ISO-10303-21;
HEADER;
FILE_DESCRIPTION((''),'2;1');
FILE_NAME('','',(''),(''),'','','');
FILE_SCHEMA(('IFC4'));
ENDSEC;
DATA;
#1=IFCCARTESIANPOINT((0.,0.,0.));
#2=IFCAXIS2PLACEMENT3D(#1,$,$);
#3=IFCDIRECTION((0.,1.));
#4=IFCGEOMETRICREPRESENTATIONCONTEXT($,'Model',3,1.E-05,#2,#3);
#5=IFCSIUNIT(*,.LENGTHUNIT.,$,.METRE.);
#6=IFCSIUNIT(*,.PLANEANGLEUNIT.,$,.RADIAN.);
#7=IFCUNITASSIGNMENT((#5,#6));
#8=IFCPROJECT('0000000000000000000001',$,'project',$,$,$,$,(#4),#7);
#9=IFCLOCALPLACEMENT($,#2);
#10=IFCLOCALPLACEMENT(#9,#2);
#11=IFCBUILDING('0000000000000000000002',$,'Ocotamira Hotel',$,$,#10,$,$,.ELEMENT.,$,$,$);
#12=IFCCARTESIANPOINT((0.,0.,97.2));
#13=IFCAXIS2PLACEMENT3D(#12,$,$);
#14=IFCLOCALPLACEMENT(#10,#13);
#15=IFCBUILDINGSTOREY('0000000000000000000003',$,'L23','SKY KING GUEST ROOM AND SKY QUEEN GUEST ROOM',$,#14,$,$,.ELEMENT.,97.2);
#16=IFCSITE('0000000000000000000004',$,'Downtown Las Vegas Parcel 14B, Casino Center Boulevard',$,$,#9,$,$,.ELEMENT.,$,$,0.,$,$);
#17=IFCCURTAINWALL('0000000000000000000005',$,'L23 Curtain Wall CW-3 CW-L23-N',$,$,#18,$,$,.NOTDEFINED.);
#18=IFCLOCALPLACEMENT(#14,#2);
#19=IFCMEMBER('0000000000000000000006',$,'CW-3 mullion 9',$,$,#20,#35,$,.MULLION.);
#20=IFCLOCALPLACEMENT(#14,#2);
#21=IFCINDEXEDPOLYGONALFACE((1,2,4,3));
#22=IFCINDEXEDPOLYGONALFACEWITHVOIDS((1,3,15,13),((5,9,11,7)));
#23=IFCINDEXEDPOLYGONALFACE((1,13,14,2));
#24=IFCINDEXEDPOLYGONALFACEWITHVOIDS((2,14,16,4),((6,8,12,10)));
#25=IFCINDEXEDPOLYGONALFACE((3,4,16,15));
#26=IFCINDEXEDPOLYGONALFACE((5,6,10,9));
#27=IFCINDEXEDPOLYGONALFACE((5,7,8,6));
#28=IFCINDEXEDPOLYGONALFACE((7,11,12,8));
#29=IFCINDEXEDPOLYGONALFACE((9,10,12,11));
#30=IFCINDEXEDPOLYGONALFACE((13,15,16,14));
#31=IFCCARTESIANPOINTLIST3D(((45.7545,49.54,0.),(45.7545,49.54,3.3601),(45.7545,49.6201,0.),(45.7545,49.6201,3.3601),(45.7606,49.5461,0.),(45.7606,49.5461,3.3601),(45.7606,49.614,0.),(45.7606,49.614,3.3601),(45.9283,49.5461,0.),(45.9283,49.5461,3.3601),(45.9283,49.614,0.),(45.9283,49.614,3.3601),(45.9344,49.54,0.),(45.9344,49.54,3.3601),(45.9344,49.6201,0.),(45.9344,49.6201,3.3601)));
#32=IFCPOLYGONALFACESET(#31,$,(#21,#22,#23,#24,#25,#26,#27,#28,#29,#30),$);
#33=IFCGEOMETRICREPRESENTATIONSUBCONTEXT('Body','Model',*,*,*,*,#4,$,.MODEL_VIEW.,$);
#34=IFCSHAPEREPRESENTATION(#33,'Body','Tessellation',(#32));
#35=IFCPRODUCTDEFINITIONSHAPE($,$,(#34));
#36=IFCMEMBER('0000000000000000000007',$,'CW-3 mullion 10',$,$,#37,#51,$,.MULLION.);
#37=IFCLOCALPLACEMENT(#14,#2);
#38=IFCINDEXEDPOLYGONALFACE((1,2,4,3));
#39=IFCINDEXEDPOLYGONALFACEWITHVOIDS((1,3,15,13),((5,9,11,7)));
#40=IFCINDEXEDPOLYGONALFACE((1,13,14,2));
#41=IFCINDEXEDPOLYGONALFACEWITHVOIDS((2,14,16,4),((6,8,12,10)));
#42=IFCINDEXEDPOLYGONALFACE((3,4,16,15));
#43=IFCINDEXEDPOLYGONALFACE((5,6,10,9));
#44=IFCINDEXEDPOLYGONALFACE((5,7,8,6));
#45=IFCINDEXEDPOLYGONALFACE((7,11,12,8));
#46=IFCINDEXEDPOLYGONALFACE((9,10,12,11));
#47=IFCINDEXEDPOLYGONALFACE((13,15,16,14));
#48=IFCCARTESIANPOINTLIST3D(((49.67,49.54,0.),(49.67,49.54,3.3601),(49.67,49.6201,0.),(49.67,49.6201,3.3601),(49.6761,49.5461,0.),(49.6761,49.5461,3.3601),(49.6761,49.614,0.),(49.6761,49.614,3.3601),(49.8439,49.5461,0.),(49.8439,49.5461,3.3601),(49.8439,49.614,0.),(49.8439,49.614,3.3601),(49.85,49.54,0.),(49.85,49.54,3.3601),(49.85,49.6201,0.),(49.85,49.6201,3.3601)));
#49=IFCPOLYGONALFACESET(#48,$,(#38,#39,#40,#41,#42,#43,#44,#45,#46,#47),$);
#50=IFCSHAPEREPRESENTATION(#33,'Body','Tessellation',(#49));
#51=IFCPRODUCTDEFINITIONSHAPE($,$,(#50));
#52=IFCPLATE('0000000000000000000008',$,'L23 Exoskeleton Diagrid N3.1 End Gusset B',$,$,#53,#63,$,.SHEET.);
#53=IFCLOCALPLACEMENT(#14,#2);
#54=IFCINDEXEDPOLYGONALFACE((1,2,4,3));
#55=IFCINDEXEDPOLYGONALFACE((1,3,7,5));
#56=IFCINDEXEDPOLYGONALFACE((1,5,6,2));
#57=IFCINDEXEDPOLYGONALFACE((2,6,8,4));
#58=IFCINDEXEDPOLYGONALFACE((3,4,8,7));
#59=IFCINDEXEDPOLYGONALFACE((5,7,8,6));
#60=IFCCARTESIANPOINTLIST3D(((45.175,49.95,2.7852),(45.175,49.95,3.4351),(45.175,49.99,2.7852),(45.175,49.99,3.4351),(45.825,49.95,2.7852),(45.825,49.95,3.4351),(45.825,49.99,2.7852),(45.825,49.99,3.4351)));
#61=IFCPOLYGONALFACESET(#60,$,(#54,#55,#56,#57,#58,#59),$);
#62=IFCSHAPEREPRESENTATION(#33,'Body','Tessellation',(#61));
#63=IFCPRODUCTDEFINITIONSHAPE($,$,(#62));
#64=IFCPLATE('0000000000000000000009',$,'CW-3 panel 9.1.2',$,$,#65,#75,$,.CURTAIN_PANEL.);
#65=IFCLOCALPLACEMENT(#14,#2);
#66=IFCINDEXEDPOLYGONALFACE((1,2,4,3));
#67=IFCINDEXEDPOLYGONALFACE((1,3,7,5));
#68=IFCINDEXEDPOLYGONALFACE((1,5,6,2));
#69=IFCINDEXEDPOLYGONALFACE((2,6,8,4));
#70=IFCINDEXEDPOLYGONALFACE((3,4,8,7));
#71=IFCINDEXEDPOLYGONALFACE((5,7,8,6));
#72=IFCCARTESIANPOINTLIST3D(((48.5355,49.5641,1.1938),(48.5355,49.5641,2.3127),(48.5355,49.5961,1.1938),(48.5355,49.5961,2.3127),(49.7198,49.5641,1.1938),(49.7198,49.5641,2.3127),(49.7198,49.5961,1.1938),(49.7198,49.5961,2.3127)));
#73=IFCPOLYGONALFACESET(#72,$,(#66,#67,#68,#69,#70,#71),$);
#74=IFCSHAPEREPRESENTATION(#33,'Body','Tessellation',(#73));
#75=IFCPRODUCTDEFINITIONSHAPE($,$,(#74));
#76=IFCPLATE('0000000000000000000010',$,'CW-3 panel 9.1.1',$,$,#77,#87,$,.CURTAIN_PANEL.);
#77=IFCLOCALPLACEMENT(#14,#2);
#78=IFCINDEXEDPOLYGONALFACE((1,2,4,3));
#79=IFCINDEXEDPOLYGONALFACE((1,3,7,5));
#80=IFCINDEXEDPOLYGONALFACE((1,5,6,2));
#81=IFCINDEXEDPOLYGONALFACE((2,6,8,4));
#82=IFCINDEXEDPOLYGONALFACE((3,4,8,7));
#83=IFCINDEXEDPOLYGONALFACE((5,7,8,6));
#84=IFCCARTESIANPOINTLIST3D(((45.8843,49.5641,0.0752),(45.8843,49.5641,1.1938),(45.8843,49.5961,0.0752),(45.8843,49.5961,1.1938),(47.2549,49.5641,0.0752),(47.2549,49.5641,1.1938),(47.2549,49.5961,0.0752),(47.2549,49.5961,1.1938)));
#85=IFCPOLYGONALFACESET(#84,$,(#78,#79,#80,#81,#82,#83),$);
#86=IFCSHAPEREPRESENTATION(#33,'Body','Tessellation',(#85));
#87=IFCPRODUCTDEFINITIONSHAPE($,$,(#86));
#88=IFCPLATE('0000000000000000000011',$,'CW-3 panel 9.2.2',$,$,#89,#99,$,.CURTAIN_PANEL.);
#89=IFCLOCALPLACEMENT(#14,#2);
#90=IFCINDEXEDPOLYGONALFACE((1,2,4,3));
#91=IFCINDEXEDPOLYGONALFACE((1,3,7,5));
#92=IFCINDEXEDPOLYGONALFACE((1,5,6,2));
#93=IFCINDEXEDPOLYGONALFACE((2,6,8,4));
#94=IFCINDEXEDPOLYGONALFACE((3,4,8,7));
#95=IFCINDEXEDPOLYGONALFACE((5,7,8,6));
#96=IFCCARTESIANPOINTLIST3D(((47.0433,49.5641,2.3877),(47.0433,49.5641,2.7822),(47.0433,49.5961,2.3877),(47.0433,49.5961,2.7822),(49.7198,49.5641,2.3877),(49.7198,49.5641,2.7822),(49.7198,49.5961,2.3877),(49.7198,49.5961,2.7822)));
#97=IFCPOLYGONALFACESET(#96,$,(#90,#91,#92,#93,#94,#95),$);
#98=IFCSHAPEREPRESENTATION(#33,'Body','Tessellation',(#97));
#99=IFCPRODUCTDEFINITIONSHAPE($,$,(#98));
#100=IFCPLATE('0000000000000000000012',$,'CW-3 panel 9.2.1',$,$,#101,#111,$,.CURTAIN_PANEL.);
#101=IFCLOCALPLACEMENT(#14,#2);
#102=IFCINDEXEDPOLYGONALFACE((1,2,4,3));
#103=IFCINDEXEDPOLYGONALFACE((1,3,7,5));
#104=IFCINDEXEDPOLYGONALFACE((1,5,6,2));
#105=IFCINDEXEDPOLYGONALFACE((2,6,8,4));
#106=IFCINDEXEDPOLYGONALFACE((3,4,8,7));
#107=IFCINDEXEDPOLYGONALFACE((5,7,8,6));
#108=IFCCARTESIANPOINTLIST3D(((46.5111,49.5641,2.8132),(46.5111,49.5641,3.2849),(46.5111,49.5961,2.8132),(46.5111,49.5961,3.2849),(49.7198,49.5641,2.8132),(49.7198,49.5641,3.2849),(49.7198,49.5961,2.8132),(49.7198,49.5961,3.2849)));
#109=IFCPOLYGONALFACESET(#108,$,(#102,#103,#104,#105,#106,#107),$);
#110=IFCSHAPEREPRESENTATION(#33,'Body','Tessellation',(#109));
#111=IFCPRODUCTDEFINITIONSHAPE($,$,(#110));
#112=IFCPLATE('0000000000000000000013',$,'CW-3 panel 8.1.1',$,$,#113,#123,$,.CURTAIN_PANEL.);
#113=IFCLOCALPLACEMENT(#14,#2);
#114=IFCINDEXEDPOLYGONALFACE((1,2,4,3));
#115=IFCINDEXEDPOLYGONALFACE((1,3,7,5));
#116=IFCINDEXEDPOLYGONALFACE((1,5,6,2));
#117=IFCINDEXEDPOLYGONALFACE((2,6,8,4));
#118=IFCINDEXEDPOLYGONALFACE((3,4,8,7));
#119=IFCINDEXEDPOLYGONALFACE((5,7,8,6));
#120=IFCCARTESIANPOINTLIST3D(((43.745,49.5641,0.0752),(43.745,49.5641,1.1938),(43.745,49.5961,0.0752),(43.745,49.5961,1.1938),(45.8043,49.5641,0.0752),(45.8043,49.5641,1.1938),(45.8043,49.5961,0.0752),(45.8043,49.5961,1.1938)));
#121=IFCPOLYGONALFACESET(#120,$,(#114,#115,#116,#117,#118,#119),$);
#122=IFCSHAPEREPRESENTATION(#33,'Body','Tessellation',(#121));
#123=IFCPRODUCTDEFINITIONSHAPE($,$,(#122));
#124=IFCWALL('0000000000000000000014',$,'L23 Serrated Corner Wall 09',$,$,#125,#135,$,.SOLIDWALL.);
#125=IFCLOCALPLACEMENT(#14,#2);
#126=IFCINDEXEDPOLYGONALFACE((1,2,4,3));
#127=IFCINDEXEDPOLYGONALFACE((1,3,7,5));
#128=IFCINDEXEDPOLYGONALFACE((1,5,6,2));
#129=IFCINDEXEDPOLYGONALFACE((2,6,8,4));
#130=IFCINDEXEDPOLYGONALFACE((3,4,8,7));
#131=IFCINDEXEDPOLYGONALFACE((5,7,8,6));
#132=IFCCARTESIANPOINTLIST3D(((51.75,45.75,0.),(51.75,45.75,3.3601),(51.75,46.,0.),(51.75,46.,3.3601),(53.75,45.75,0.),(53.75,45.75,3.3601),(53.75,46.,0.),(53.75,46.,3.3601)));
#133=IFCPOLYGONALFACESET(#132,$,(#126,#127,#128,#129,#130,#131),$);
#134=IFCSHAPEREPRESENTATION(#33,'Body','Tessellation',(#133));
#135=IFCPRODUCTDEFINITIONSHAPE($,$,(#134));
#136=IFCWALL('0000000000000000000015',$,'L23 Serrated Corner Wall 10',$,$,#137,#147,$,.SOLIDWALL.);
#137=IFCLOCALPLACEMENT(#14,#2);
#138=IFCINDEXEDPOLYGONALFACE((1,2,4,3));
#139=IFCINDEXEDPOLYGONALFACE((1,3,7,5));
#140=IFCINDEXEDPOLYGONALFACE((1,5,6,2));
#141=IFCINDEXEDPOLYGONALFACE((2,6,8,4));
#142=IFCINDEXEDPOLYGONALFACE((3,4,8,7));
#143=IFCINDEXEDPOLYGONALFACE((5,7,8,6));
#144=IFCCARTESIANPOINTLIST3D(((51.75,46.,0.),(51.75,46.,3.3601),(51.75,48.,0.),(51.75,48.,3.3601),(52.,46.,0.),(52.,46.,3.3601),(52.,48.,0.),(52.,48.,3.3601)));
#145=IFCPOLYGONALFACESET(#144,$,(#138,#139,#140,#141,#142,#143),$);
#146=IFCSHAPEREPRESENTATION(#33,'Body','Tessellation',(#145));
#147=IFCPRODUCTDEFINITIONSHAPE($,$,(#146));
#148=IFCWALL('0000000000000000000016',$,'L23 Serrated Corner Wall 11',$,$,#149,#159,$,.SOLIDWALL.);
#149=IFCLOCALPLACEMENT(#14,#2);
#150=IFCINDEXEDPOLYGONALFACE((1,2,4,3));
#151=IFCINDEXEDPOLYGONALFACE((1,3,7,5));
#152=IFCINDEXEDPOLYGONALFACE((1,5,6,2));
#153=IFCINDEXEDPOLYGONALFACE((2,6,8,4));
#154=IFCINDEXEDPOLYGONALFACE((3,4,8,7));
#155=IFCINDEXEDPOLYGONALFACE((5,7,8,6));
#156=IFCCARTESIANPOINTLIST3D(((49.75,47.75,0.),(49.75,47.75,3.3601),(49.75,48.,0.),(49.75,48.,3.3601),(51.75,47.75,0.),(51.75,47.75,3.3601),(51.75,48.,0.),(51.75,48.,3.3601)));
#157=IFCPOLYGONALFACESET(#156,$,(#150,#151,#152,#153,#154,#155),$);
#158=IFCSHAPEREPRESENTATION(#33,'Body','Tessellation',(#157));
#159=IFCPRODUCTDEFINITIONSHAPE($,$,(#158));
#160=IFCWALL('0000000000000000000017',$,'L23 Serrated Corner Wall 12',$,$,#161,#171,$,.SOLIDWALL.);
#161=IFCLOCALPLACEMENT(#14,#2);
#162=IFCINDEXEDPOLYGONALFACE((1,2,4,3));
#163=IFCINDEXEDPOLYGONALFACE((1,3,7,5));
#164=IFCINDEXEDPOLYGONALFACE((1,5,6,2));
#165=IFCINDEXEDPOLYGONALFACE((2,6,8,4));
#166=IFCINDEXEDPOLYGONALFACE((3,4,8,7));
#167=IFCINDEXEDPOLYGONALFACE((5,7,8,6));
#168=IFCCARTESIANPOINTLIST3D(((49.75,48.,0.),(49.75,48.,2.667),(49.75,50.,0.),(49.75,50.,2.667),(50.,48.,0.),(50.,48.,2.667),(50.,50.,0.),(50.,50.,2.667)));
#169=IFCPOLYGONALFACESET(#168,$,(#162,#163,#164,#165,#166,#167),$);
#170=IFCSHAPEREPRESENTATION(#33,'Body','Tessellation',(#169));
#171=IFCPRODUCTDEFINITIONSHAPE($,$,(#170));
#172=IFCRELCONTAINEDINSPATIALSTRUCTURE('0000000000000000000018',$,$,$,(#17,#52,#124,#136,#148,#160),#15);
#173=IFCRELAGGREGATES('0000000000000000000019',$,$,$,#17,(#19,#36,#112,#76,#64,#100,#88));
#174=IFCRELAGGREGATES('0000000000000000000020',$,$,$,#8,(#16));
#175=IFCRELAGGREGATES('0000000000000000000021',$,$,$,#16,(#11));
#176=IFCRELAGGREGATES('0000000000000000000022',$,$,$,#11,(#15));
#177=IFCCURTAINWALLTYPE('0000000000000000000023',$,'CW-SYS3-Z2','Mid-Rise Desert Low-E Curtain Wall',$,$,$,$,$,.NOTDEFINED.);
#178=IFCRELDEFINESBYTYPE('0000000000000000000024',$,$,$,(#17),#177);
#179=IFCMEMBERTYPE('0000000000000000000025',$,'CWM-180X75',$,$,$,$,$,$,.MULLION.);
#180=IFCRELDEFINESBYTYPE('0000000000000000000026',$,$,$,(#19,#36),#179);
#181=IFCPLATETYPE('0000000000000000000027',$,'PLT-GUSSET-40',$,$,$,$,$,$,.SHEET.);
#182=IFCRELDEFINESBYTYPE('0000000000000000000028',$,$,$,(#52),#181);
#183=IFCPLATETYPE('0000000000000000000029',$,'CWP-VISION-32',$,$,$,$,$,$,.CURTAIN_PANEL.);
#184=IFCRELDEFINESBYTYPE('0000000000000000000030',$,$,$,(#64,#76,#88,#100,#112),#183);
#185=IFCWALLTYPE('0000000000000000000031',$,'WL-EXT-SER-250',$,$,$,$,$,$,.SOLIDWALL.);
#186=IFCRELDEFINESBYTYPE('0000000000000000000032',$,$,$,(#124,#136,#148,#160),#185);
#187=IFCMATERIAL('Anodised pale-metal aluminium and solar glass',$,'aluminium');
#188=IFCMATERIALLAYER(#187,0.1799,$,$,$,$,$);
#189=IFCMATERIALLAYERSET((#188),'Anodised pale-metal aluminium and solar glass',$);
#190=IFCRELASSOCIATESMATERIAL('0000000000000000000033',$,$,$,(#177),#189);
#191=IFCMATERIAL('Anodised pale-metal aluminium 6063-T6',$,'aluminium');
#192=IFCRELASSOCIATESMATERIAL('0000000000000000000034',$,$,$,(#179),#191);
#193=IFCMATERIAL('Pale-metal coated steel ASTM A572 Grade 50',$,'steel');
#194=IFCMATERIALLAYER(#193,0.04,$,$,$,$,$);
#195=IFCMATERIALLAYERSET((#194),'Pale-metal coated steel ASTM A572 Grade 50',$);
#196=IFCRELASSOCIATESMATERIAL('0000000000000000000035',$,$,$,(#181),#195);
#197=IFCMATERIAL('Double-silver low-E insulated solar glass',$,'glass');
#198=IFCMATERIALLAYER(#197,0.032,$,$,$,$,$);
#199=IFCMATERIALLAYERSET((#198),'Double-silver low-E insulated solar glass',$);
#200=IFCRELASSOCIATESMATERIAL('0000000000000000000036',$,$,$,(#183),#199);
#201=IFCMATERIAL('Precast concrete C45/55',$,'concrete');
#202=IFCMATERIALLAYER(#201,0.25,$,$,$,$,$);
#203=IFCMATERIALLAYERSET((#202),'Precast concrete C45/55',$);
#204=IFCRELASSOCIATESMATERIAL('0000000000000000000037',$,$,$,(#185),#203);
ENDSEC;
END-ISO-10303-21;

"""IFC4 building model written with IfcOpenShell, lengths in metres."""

from ifc_helpers import new_model, si_unit, direction, frame, frame_2d, origin, origin_2d, place, context, subcontext, project, spatial, rectangle, hollow_rectangle, extrude, source, transform, mapped, material, layer, layer_set, material_profile, profile_set, type_object, element, aggregate, save


model = new_model("IFC4")

# Units and contexts
model_context = context("Model", 3, precision=1e-05, world=origin(), true_north=direction((0.0, 1.0)))
body_context = subcontext(model_context, "Body", "Model", "MODEL_VIEW")
ifc_project = project(units=[si_unit("LENGTHUNIT", "METRE"), si_unit("PLANEANGLEUNIT", "RADIAN")], contexts=[model_context])

# Site, building, storey
site_placement = place(None, origin())
site = spatial("IfcSite", under=ifc_project, at=site_placement, Name="Downtown Las Vegas Parcel 14B, Casino Center Boulevard", CompositionType="ELEMENT", RefElevation=0.0)
building_placement = place(site_placement, origin())
building = spatial("IfcBuilding", under=site, at=building_placement, Name="Ocotamira Hotel", CompositionType="ELEMENT")
storey_placement = place(building_placement, frame((0.0, 0.0, 97.2)))
storey = spatial("IfcBuildingStorey", under=building, at=storey_placement, Name="L23", Description="SKY KING GUEST ROOM AND SKY QUEEN GUEST ROOM", CompositionType="ELEMENT", Elevation=97.2)

# Curtain wall, members
ifc_material_1 = material(Name="Anodised pale-metal aluminium and solar glass", Category="aluminium")
ifc_layer_1 = layer(ifc_material_1, 0.1799)
ifc_layer_set_1 = layer_set([ifc_layer_1], Name="Anodised pale-metal aluminium and solar glass")
curtain_wall_type = type_object("IfcCurtainWallType", Name="CW-SYS3-Z2", Description="Mid-Rise Desert Low-E Curtain Wall", PredefinedType="NOTDEFINED", material=ifc_layer_set_1)
curtain_wall_placement = place(storey_placement, origin())
curtain_wall = element("IfcCurtainWall", 1, at=curtain_wall_placement, inside=storey, type_object=curtain_wall_type, Name="L23 Curtain Wall CW-3 CW-L23-N", PredefinedType="NOTDEFINED")
ifc_material_2 = material(Name="Anodised pale-metal aluminium 6063-T6", Category="aluminium")
ifc_material_profile_1 = material_profile(ifc_material_2, hollow_rectangle(XDim=0.0801, YDim=0.1799, WallThickness=0.0061, at=origin_2d()), Name="HSS180X80X6")
ifc_profile_set_1 = profile_set([ifc_material_profile_1], Name="Anodised pale-metal aluminium 6063-T6")
member_type_1 = type_object("IfcMemberType", Name="CWM-180X75", PredefinedType="MULLION", material=ifc_profile_set_1)
shared_shape_1 = source(origin(), body_context, "Body", "SweptSolid", [
    extrude(hollow_rectangle(XDim=0.0801, YDim=0.1799, WallThickness=0.0061, at=origin_2d()), origin(), (0.0, 0.0, 1.0), 3.3601),
])
member_1_placement = place(storey_placement, frame((45.8445, 49.5801, 0.0), z_axis=(0.0, 0.0, 1.0), x_axis=(0.0, 1.0, 0.0)))
member_1 = element("IfcMember", 2, at=member_1_placement, type_object=member_type_1, Name="CW-3 mullion 9", PredefinedType="MULLION", context=body_context, shape_type="MappedRepresentation", body=[
    mapped(shared_shape_1, transform((0.0, 0.0, 0.0), scale=1.0)),
])
member_2_placement = place(storey_placement, frame((49.76, 49.5801, 0.0), z_axis=(0.0, 0.0, 1.0), x_axis=(0.0, 1.0, 0.0)))
member_2 = element("IfcMember", 3, at=member_2_placement, type_object=member_type_1, Name="CW-3 mullion 10", PredefinedType="MULLION", context=body_context, shape_type="MappedRepresentation", body=[
    mapped(shared_shape_1, transform((0.0, 0.0, 0.0), scale=1.0)),
])

# Plates
ifc_material_3 = material(Name="Pale-metal coated steel ASTM A572 Grade 50", Category="steel")
ifc_layer_2 = layer(ifc_material_3, 0.04)
ifc_layer_set_2 = layer_set([ifc_layer_2], Name="Pale-metal coated steel ASTM A572 Grade 50")
plate_type_1 = type_object("IfcPlateType", Name="PLT-GUSSET-40", PredefinedType="SHEET", material=ifc_layer_set_2)
shared_shape_2 = source(origin(), body_context, "Body", "SweptSolid", [
    extrude(rectangle(XDim=0.6499, YDim=0.04, at=origin_2d()), origin(), (0.0, 0.0, 1.0), 0.6499),
])
plate_1_placement = place(storey_placement, frame((45.5, 49.97, 2.7852), z_axis=(0.0, 0.0, 1.0), x_axis=(1.0, 0.0, 0.0)))
element("IfcPlate", 4, at=plate_1_placement, inside=storey, type_object=plate_type_1, Name="L23 Exoskeleton Diagrid N3.1 End Gusset B", PredefinedType="SHEET", context=body_context, shape_type="MappedRepresentation", body=[
    mapped(shared_shape_2, transform((0.0, 0.0, 0.0), scale=1.0)),
])
ifc_material_4 = material(Name="Double-silver low-E insulated solar glass", Category="glass")
ifc_layer_3 = layer(ifc_material_4, 0.032)
ifc_layer_set_3 = layer_set([ifc_layer_3], Name="Double-silver low-E insulated solar glass")
plate_type_2 = type_object("IfcPlateType", Name="CWP-VISION-32", PredefinedType="CURTAIN_PANEL", material=ifc_layer_set_3)
shared_shape_3 = source(origin(), body_context, "Body", "SweptSolid", [
    extrude(rectangle(XDim=1.1843, YDim=0.032, at=origin_2d()), origin(), (0.0, 0.0, 1.0), 1.1189),
])
plate_2_placement = place(storey_placement, frame((49.1277, 49.5801, 1.1938), z_axis=(0.0, 0.0, 1.0), x_axis=(1.0, 0.0, 0.0)))
plate_2 = element("IfcPlate", 5, at=plate_2_placement, type_object=plate_type_2, Name="CW-3 panel 9.1.2", PredefinedType="CURTAIN_PANEL", context=body_context, shape_type="MappedRepresentation", body=[
    mapped(shared_shape_3, transform((0.0, 0.0, 0.0), scale=1.0)),
])
shared_shape_4 = source(origin(), body_context, "Body", "SweptSolid", [
    extrude(rectangle(XDim=1.3706, YDim=0.032, at=origin_2d()), origin(), (0.0, 0.0, 1.0), 1.1187),
])
plate_3_placement = place(storey_placement, frame((46.5696, 49.5801, 0.0752), z_axis=(0.0, 0.0, 1.0), x_axis=(1.0, 0.0, 0.0)))
plate_3 = element("IfcPlate", 6, at=plate_3_placement, type_object=plate_type_2, Name="CW-3 panel 9.1.1", PredefinedType="CURTAIN_PANEL", context=body_context, shape_type="MappedRepresentation", body=[
    mapped(shared_shape_4, transform((0.0, 0.0, 0.0), scale=1.0)),
])
shared_shape_5 = source(origin(), body_context, "Body", "SweptSolid", [
    extrude(rectangle(XDim=2.6765, YDim=0.032, at=origin_2d()), origin(), (0.0, 0.0, 1.0), 0.3945),
])
plate_4_placement = place(storey_placement, frame((48.3816, 49.5801, 2.3877), z_axis=(0.0, 0.0, 1.0), x_axis=(1.0, 0.0, 0.0)))
plate_4 = element("IfcPlate", 7, at=plate_4_placement, type_object=plate_type_2, Name="CW-3 panel 9.2.2", PredefinedType="CURTAIN_PANEL", context=body_context, shape_type="MappedRepresentation", body=[
    mapped(shared_shape_5, transform((0.0, 0.0, 0.0), scale=1.0)),
])
shared_shape_6 = source(origin(), body_context, "Body", "SweptSolid", [
    extrude(rectangle(XDim=3.2087, YDim=0.032, at=origin_2d()), origin(), (0.0, 0.0, 1.0), 0.4717),
])
plate_5_placement = place(storey_placement, frame((48.1155, 49.5801, 2.8132), z_axis=(0.0, 0.0, 1.0), x_axis=(1.0, 0.0, 0.0)))
plate_5 = element("IfcPlate", 8, at=plate_5_placement, type_object=plate_type_2, Name="CW-3 panel 9.2.1", PredefinedType="CURTAIN_PANEL", context=body_context, shape_type="MappedRepresentation", body=[
    mapped(shared_shape_6, transform((0.0, 0.0, 0.0), scale=1.0)),
])
shared_shape_7 = source(origin(), body_context, "Body", "SweptSolid", [
    extrude(rectangle(XDim=2.0593, YDim=0.032, at=origin_2d()), origin(), (0.0, 0.0, 1.0), 1.1187),
])
plate_6_placement = place(storey_placement, frame((44.7747, 49.5801, 0.0752), z_axis=(0.0, 0.0, 1.0), x_axis=(1.0, 0.0, 0.0)))
plate_6 = element("IfcPlate", 9, at=plate_6_placement, type_object=plate_type_2, Name="CW-3 panel 8.1.1", PredefinedType="CURTAIN_PANEL", context=body_context, shape_type="MappedRepresentation", body=[
    mapped(shared_shape_7, transform((0.0, 0.0, 0.0), scale=1.0)),
])
aggregate(curtain_wall, [member_1, member_2, plate_6, plate_3, plate_2, plate_5, plate_4])

# Walls
ifc_material_5 = material(Name="Precast concrete C45/55", Category="concrete")
ifc_layer_4 = layer(ifc_material_5, 0.25)
ifc_layer_set_4 = layer_set([ifc_layer_4], Name="Precast concrete C45/55")
wall_type = type_object("IfcWallType", Name="WL-EXT-SER-250", PredefinedType="SOLIDWALL", material=ifc_layer_set_4)
for number, where, z_axis, x_axis, name in (
    (10, (53.75, 45.875, 0.0), (0.0, 0.0, 1.0), (-1.0, 0.0, 0.0), "L23 Serrated Corner Wall 09"),
    (11, (51.875, 46.0, 0.0), (0.0, 0.0, 1.0), (0.0, 1.0, 0.0), "L23 Serrated Corner Wall 10"),
    (12, (51.75, 47.875, 0.0), (0.0, 0.0, 1.0), (-1.0, 0.0, 0.0), "L23 Serrated Corner Wall 11"),
):
    element("IfcWall", number, at=place(storey_placement, frame(where, z_axis=z_axis, x_axis=x_axis)), inside=storey, type_object=wall_type, Name=name, PredefinedType="SOLIDWALL", context=body_context, shape_type="SweptSolid", body=[
        extrude(rectangle(XDim=2.0, YDim=0.25, at=frame_2d((1.0, 0.0))), origin(), (0.0, 0.0, 1.0), 3.3601),
    ])
wall_placement = place(storey_placement, frame((49.875, 48.0, 0.0), z_axis=(0.0, 0.0, 1.0), x_axis=(0.0, 1.0, 0.0)))
element("IfcWall", 13, at=wall_placement, inside=storey, type_object=wall_type, Name="L23 Serrated Corner Wall 12", PredefinedType="SOLIDWALL", context=body_context, shape_type="SweptSolid", body=[
    extrude(rectangle(XDim=2.0, YDim=0.25, at=frame_2d((1.0, 0.0))), origin(), (0.0, 0.0, 1.0), 2.667),
])

save(model, "model.ifc")
